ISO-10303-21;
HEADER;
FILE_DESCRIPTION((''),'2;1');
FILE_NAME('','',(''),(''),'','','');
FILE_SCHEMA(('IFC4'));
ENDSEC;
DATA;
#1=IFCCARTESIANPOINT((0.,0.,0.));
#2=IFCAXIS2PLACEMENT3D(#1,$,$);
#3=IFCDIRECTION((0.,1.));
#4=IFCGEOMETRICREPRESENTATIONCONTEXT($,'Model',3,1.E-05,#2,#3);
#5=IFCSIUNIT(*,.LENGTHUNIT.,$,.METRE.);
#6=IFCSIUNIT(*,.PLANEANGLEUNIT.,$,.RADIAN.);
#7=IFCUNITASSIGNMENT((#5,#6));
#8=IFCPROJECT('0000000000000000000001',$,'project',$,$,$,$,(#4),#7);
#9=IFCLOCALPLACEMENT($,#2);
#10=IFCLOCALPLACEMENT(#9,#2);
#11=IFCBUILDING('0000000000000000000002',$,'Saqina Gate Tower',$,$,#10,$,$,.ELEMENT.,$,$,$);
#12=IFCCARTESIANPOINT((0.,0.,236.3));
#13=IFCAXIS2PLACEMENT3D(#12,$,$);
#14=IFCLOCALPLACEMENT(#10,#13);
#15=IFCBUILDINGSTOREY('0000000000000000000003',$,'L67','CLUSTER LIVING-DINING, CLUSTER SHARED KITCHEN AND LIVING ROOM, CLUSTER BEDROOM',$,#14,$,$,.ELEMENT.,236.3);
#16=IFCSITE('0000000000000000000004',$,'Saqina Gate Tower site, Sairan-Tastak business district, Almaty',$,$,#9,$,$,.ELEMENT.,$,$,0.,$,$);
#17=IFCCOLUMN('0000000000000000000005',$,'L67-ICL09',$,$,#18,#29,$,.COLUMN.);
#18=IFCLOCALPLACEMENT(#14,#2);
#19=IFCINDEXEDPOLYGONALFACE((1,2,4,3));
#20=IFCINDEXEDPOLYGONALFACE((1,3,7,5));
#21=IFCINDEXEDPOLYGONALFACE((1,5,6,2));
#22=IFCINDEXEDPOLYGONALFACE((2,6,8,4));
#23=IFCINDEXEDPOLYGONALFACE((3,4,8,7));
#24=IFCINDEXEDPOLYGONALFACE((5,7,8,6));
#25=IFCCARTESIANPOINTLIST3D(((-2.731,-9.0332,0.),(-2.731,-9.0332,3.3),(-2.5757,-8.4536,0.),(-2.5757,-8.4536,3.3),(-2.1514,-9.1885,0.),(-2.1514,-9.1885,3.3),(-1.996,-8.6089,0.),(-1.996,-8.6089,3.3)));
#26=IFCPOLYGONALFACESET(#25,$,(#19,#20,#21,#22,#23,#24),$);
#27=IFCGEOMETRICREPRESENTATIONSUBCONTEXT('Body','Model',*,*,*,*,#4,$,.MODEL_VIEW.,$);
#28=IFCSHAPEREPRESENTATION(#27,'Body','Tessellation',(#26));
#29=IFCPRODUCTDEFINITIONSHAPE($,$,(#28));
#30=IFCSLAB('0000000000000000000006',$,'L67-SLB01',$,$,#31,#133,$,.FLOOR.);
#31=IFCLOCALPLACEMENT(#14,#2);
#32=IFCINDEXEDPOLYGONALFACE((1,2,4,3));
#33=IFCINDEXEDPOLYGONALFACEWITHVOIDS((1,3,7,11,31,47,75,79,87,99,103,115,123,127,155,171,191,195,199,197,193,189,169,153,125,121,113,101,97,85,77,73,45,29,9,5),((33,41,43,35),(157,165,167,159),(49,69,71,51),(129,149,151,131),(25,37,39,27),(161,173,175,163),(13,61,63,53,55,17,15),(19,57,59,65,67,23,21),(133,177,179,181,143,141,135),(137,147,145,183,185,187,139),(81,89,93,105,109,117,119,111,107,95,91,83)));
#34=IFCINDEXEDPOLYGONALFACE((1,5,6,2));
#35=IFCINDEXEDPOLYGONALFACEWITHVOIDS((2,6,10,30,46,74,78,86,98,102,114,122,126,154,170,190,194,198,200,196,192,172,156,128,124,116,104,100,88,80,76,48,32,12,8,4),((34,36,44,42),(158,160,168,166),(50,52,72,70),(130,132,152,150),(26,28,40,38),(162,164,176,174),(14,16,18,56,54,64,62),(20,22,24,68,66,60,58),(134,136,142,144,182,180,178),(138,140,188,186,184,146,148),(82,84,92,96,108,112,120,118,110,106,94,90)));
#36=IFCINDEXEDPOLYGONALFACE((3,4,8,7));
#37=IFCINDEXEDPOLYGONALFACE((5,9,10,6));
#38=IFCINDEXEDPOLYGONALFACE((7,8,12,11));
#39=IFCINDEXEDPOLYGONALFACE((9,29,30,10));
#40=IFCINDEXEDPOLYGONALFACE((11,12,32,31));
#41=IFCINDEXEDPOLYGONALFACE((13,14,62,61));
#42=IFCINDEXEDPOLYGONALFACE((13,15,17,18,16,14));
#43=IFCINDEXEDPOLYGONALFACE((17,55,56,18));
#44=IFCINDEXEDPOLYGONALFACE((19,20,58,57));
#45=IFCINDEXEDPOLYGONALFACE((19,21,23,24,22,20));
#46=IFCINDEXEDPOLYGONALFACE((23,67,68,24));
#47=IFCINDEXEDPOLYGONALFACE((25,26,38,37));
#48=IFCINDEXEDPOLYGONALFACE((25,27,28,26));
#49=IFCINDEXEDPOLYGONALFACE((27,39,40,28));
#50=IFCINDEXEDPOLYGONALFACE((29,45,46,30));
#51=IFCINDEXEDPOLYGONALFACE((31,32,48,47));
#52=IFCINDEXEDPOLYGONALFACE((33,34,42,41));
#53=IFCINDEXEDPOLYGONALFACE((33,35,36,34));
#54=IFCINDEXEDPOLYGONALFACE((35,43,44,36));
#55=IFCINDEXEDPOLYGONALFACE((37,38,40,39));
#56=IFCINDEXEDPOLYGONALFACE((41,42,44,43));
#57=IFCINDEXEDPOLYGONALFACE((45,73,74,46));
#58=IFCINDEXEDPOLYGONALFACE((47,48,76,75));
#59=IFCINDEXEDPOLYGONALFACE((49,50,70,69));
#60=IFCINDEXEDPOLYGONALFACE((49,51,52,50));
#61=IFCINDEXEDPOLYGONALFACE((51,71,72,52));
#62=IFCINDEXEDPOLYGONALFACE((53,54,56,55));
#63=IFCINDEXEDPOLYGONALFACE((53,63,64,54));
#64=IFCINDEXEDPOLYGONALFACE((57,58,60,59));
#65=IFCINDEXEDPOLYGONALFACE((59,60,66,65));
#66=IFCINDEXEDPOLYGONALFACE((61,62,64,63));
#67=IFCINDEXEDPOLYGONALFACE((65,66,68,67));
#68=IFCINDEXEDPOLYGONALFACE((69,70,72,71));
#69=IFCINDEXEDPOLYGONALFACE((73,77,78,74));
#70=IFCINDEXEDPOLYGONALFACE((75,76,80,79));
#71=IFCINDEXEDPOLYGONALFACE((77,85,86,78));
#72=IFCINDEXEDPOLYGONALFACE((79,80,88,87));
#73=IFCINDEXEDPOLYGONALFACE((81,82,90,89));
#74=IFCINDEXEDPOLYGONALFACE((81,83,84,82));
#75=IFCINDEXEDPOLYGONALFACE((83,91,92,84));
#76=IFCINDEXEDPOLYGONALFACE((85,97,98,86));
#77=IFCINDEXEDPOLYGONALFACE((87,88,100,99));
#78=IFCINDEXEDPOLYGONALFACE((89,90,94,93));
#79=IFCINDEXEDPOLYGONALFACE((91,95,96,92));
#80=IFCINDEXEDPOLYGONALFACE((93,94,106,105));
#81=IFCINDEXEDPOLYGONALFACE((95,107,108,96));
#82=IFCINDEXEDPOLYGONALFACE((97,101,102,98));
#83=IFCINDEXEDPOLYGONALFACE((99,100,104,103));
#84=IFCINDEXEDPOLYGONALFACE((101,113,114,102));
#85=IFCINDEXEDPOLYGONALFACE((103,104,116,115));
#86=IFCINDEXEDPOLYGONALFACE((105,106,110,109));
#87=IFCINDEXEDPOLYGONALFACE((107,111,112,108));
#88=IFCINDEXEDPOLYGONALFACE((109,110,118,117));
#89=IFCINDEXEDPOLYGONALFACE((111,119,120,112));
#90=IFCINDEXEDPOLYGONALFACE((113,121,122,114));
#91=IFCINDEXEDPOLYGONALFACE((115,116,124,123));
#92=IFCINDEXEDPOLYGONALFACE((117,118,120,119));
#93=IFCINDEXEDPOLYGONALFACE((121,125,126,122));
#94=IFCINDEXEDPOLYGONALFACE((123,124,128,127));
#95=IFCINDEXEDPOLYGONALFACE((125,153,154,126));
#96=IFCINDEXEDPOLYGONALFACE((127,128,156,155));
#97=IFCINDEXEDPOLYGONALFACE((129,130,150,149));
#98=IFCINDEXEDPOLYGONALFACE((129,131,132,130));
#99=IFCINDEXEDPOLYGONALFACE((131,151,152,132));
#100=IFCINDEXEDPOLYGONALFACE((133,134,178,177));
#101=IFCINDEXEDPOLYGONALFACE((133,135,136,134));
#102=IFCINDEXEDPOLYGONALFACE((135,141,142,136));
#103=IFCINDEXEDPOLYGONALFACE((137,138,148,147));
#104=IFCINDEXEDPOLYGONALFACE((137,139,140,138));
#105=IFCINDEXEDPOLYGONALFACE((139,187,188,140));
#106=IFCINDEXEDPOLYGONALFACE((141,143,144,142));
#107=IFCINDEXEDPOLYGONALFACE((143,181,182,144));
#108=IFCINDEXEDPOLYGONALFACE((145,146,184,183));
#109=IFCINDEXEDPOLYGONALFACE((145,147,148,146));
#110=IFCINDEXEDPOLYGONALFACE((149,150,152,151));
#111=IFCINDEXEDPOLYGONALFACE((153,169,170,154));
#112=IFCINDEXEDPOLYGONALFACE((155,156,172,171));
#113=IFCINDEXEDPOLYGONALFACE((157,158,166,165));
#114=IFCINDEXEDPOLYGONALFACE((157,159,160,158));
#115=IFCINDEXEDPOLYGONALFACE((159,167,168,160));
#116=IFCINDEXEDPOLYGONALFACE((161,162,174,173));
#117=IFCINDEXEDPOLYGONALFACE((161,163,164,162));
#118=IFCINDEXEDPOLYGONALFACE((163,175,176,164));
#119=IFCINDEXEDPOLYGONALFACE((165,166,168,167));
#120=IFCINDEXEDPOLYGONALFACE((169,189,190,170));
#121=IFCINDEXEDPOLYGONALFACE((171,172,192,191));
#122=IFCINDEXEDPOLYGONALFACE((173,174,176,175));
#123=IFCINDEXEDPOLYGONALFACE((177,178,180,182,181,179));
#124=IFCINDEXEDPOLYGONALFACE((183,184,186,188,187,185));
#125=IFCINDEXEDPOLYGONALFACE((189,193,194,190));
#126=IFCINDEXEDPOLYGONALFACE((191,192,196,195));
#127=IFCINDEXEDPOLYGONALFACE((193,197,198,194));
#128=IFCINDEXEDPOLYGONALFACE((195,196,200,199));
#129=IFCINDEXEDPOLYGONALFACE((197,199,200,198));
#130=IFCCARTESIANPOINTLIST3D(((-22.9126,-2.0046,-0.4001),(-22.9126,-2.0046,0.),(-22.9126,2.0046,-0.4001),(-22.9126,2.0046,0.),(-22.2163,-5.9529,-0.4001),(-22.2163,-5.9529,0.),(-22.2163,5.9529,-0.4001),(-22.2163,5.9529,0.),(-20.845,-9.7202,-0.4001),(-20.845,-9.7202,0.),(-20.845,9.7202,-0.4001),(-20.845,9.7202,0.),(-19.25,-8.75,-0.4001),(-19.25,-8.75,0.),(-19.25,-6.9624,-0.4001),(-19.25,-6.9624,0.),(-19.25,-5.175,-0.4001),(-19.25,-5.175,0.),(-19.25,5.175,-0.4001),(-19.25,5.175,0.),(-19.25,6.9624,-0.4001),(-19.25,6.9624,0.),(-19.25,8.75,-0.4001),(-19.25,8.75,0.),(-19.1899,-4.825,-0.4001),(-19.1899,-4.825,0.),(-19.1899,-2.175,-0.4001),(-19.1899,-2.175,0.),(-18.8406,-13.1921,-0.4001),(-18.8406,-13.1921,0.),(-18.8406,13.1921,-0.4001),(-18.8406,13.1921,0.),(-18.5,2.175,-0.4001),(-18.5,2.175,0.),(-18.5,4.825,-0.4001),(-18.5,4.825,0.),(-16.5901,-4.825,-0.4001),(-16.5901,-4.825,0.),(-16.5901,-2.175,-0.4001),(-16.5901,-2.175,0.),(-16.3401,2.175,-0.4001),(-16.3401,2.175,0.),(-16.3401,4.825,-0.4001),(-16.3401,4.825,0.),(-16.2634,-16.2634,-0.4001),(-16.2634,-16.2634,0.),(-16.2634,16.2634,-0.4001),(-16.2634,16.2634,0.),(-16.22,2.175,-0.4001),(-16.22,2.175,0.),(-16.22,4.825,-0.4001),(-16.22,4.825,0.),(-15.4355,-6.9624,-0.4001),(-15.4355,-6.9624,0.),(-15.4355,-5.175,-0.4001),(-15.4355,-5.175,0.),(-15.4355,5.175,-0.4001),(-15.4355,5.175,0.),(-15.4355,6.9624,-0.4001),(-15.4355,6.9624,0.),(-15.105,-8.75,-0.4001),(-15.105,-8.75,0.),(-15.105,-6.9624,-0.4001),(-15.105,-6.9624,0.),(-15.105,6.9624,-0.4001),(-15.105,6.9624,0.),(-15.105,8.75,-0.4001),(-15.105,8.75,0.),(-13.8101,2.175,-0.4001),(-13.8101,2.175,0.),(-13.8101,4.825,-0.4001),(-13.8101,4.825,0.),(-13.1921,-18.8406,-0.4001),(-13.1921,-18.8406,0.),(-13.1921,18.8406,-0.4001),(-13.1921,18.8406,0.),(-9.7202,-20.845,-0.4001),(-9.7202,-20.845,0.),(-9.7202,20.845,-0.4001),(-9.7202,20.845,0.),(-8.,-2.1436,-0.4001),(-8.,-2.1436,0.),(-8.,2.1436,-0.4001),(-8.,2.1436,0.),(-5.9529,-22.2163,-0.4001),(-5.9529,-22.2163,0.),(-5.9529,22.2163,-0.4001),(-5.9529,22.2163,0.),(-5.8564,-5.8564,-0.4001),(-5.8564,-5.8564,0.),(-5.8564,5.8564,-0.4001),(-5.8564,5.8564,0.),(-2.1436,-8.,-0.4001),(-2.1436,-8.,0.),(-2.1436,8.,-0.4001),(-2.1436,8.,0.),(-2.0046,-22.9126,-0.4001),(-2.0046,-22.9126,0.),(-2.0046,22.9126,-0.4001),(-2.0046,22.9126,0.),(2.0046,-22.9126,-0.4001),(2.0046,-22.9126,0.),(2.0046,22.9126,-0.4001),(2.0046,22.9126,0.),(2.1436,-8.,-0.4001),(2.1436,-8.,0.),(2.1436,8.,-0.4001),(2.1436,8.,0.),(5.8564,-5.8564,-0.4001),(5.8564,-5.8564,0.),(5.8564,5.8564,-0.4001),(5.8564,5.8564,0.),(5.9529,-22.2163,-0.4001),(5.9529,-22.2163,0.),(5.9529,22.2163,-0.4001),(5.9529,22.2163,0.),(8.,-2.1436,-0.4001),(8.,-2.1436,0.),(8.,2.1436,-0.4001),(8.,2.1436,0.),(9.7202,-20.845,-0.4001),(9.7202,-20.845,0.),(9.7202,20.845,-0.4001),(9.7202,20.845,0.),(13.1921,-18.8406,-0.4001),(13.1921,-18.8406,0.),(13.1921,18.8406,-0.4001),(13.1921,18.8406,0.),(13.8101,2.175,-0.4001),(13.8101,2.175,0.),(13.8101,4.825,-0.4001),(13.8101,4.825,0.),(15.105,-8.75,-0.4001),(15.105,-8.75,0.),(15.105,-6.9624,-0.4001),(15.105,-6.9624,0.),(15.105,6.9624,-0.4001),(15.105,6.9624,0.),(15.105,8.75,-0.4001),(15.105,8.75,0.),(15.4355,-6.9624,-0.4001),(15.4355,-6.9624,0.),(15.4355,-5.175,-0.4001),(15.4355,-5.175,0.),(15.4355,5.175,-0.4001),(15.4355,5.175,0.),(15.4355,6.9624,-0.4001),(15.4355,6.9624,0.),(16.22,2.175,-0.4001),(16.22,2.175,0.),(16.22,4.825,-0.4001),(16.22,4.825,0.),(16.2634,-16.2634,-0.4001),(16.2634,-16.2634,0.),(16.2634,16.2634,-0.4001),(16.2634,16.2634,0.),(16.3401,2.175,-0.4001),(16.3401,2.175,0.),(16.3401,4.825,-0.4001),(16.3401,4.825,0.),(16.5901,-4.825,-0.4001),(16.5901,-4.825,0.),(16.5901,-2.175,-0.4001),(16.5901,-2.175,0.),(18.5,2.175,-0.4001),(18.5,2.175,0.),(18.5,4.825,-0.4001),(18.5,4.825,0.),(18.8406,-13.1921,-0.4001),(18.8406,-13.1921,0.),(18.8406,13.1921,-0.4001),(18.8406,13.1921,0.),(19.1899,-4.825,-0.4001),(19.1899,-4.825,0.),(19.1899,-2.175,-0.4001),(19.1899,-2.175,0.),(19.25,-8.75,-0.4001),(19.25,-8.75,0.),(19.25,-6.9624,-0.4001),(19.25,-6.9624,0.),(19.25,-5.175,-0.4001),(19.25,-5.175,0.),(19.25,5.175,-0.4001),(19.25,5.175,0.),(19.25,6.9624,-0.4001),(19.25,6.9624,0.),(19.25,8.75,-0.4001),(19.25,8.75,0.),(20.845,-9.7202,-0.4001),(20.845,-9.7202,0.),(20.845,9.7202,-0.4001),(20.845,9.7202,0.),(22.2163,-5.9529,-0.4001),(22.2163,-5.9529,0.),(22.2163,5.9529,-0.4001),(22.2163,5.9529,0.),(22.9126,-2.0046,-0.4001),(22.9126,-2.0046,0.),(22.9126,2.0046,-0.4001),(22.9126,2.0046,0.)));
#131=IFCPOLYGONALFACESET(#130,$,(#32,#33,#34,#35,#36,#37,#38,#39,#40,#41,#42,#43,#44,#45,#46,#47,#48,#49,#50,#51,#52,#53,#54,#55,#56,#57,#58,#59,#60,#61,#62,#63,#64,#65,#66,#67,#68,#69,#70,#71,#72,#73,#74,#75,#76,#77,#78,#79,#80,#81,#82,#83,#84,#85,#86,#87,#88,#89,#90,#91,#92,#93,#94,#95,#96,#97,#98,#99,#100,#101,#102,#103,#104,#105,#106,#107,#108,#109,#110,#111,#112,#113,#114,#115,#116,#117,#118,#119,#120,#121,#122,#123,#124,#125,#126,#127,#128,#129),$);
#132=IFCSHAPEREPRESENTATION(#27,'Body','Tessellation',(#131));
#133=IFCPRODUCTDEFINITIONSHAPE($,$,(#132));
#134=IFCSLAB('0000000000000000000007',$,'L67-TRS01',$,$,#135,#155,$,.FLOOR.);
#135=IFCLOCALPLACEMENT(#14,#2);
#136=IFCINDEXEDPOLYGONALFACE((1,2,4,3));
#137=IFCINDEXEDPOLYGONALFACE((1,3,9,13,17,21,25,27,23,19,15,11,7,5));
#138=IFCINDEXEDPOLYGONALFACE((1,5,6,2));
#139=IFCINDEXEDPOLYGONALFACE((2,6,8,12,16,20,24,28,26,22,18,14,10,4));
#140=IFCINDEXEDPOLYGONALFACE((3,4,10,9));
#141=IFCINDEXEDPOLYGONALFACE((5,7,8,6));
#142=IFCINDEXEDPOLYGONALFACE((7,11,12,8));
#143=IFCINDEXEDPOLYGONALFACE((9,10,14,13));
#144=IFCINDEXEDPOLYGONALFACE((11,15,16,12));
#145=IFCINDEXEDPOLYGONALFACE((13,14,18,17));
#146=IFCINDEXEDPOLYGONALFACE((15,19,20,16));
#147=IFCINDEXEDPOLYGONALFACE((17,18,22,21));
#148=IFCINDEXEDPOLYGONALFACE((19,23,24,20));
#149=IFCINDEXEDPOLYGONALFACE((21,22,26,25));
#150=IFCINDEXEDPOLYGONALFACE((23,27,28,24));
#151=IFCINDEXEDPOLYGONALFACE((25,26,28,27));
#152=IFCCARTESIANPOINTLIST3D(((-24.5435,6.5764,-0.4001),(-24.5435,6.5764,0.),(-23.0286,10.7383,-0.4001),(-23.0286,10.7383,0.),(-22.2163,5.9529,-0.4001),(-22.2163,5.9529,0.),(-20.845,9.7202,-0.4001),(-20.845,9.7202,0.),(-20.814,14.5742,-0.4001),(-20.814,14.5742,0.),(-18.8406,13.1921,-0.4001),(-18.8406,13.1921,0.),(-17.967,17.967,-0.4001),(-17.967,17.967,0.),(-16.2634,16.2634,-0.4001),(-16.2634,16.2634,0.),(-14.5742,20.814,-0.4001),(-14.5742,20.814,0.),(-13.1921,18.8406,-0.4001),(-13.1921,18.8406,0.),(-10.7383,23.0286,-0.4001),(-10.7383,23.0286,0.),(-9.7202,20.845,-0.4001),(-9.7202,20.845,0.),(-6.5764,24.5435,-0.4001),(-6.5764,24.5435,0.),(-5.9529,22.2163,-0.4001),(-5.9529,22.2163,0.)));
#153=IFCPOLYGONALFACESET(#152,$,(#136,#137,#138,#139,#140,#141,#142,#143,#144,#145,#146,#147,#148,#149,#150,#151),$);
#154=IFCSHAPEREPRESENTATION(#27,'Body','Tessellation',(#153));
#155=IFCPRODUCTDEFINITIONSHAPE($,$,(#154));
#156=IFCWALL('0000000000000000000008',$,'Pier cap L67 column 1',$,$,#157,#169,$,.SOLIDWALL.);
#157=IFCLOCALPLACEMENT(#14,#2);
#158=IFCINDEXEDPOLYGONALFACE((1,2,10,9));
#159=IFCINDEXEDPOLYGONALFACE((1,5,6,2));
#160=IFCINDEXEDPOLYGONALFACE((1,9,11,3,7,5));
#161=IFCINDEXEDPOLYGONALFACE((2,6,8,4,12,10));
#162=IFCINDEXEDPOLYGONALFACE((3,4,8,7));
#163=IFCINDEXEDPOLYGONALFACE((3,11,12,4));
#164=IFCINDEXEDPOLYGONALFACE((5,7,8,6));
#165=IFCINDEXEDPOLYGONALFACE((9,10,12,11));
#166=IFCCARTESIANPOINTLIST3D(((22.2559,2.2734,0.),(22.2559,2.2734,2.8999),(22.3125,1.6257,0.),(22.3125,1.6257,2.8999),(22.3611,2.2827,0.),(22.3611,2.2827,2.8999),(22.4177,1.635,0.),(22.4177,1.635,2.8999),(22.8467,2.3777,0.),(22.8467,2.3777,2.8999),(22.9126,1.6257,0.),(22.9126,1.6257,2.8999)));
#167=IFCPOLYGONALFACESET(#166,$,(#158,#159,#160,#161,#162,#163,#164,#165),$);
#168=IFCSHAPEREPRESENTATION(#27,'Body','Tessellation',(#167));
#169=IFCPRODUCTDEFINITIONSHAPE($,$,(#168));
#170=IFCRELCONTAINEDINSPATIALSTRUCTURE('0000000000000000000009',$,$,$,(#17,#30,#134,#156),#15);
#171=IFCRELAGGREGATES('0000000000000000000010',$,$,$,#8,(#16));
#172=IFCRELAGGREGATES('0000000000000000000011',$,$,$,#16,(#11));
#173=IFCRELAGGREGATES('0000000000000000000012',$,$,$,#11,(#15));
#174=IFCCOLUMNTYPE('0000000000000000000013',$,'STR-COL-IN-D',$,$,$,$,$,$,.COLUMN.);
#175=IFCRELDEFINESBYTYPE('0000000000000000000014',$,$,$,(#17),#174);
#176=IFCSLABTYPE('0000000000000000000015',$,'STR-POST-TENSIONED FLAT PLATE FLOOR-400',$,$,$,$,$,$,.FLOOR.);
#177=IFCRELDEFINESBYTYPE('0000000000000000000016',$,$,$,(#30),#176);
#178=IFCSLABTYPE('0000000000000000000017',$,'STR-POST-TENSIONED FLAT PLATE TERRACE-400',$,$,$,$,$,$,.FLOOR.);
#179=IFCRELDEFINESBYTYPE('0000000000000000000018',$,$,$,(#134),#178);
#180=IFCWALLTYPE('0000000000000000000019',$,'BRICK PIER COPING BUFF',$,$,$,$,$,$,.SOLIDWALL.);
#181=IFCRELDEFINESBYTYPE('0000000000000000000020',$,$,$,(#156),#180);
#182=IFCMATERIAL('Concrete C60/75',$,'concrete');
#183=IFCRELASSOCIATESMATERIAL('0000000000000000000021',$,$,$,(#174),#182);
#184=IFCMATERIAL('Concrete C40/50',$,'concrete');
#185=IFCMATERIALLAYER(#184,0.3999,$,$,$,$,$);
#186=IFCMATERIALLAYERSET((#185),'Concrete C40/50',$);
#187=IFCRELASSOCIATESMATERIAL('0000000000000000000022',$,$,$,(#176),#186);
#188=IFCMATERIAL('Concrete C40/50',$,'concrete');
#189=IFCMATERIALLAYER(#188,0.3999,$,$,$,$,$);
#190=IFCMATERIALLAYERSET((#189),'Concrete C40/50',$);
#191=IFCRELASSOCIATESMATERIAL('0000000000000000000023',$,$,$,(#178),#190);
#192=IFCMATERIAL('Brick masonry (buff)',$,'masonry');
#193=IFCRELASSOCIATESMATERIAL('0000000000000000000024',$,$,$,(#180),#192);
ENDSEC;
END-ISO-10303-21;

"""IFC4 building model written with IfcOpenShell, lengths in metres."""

from ifc_helpers import new_model, si_unit, direction, frame, origin, origin_2d, place, context, subcontext, project, spatial, polyline, rectangle, outline, extrude, material, layer, layer_set, material_profile, profile_set, type_object, element, save


model = new_model("IFC4")

# Units and contexts
model_context = context("Model", 3, precision=1e-05, world=origin(), true_north=direction((0.0, 1.0)))
body_context = subcontext(model_context, "Body", "Model", "MODEL_VIEW")
ifc_project = project(units=[si_unit("LENGTHUNIT", "METRE"), si_unit("PLANEANGLEUNIT", "RADIAN")], contexts=[model_context])

# Site, building, storey
site_placement = place(None, origin())
site = spatial("IfcSite", under=ifc_project, at=site_placement, Name="Saqina Gate Tower site, Sairan-Tastak business district, Almaty", CompositionType="ELEMENT", RefElevation=0.0)
building_placement = place(site_placement, origin())
building = spatial("IfcBuilding", under=site, at=building_placement, Name="Saqina Gate Tower", CompositionType="ELEMENT")
storey_placement = place(building_placement, frame((0.0, 0.0, 236.3)))
storey = spatial("IfcBuildingStorey", under=building, at=storey_placement, Name="L67", Description="CLUSTER LIVING-DINING, CLUSTER SHARED KITCHEN AND LIVING ROOM, CLUSTER BEDROOM", CompositionType="ELEMENT", Elevation=236.3)

# Column
ifc_material_1 = material(Name="Concrete C60/75", Category="concrete")
ifc_material_profile = material_profile(ifc_material_1, rectangle(XDim=0.6001, YDim=0.6001, at=origin_2d()), Name="RC 600x600")
ifc_profile_set = profile_set([ifc_material_profile], Name="Concrete C60/75")
column_type = type_object("IfcColumnType", Name="STR-COL-IN-D", PredefinedType="COLUMN", material=ifc_profile_set)
column_placement = place(storey_placement, frame((-2.3635, -8.821, 0.0), z_axis=(0.0, 0.0, 1.0), x_axis=(-0.258819, -0.965926, 0.0)))
element("IfcColumn", 1, at=column_placement, inside=storey, type_object=column_type, Name="L67-ICL09", PredefinedType="COLUMN", context=body_context, shape_type="SweptSolid", body=[
    extrude(rectangle(XDim=0.6001, YDim=0.6001, at=origin_2d()), origin(), (0.0, 0.0, 1.0), 3.3),
])

# Slabs
ifc_material_2 = material(Name="Concrete C40/50", Category="concrete")
ifc_layer_1 = layer(ifc_material_2, 0.3999)
ifc_layer_set_1 = layer_set([ifc_layer_1], Name="Concrete C40/50")
slab_type_1 = type_object("IfcSlabType", Name="STR-POST-TENSIONED FLAT PLATE FLOOR-400", PredefinedType="FLOOR", material=ifc_layer_set_1)
slab_1_placement = place(storey_placement, frame((0.0, 0.0, -0.4001)))
element("IfcSlab", 2, at=slab_1_placement, inside=storey, type_object=slab_type_1, Name="L67-SLB01", PredefinedType="FLOOR", context=body_context, shape_type="SweptSolid", body=[
    extrude(outline(polyline([(22.2163, -5.9529), (22.9126, -2.0046), (22.9126, 2.0046), (22.2163, 5.9529), (20.845, 9.7202), (18.8406, 13.1921), (16.2634, 16.2634), (13.1921, 18.8406), (9.7202, 20.845), (5.9529, 22.2163), (2.0046, 22.9126), (-2.0046, 22.9126), (-5.9529, 22.2163), (-9.7202, 20.845), (-13.1921, 18.8406), (-16.2634, 16.2634), (-18.8406, 13.1921), (-20.845, 9.7202), (-22.2163, 5.9529), (-22.9126, 2.0046), (-22.9126, -2.0046), (-22.2163, -5.9529), (-20.845, -9.7202), (-18.8406, -13.1921), (-16.2634, -16.2634), (-13.1921, -18.8406), (-9.7202, -20.845), (-5.9529, -22.2163), (-2.0046, -22.9126), (2.0046, -22.9126), (5.9529, -22.2163), (9.7202, -20.845), (13.1921, -18.8406), (16.2634, -16.2634), (18.8406, -13.1921), (20.845, -9.7202), (22.2163, -5.9529)]), holes=[polyline([(2.1436, 8.0), (5.8564, 5.8564), (8.0, 2.1436), (8.0, -2.1436), (5.8564, -5.8564), (2.1436, -8.0), (-2.1436, -8.0), (-5.8564, -5.8564), (-8.0, -2.1436), (-8.0, 2.1436), (-5.8564, 5.8564), (-2.1436, 8.0), (2.1436, 8.0)]), polyline([(-15.105, -8.75), (-19.25, -8.75), (-19.25, -6.9624), (-19.25, -5.175), (-15.4355, -5.175), (-15.4355, -6.9624), (-15.105, -6.9624), (-15.105, -8.75)]), polyline([(-16.5901, -2.175), (-16.5901, -4.825), (-19.1899, -4.825), (-19.1899, -2.175), (-16.5901, -2.175)]), polyline([(-16.3401, 4.825), (-16.3401, 2.175), (-18.5, 2.175), (-18.5, 4.825), (-16.3401, 4.825)]), polyline([(-13.8101, 4.825), (-13.8101, 2.175), (-16.22, 2.175), (-16.22, 4.825), (-13.8101, 4.825)]), polyline([(-19.25, 6.9624), (-19.25, 8.75), (-15.105, 8.75), (-15.105, 6.9624), (-15.4355, 6.9624), (-15.4355, 5.175), (-19.25, 5.175), (-19.25, 6.9624)]), polyline([(15.105, -8.75), (15.105, -6.9624), (15.4355, -6.9624), (15.4355, -5.175), (19.25, -5.175), (19.25, -6.9624), (19.25, -8.75), (15.105, -8.75)]), polyline([(19.1899, -2.175), (19.1899, -4.825), (16.5901, -4.825), (16.5901, -2.175), (19.1899, -2.175)]), polyline([(16.22, 4.825), (16.22, 2.175), (13.8101, 2.175), (13.8101, 4.825), (16.22, 4.825)]), polyline([(18.5, 4.825), (18.5, 2.175), (16.3401, 2.175), (16.3401, 4.825), (18.5, 4.825)]), polyline([(15.4355, 6.9624), (15.105, 6.9624), (15.105, 8.75), (19.25, 8.75), (19.25, 6.9624), (19.25, 5.175), (15.4355, 5.175), (15.4355, 6.9624)])]), origin(), (0.0, 0.0, 1.0), 0.4001),
])
ifc_material_3 = material(Name="Concrete C40/50", Category="concrete")
ifc_layer_2 = layer(ifc_material_3, 0.3999)
ifc_layer_set_2 = layer_set([ifc_layer_2], Name="Concrete C40/50")
slab_type_2 = type_object("IfcSlabType", Name="STR-POST-TENSIONED FLAT PLATE TERRACE-400", PredefinedType="FLOOR", material=ifc_layer_set_2)
slab_2_placement = place(storey_placement, frame((0.0, 0.0, -0.4001)))
element("IfcSlab", 3, at=slab_2_placement, inside=storey, type_object=slab_type_2, Name="L67-TRS01", PredefinedType="FLOOR", context=body_context, shape_type="SweptSolid", body=[
    extrude(outline(polyline([(-5.9529, 22.2163), (-9.7202, 20.845), (-13.1921, 18.8406), (-16.2634, 16.2634), (-18.8406, 13.1921), (-20.845, 9.7202), (-22.2163, 5.9529), (-24.5435, 6.5764), (-23.0286, 10.7383), (-20.814, 14.5742), (-17.967, 17.967), (-14.5742, 20.814), (-10.7383, 23.0286), (-6.5764, 24.5435), (-5.9529, 22.2163)])), origin(), (0.0, 0.0, 1.0), 0.4001),
])

# Wall
ifc_material_4 = material(Name="Brick masonry (buff)", Category="masonry")
wall_type_1 = type_object("IfcWallType", Name="BRICK PIER COPING BUFF", PredefinedType="SOLIDWALL", material=ifc_material_4)
wall_1_placement = place(storey_placement, origin())
element("IfcWall", 4, at=wall_1_placement, inside=storey, type_object=wall_type_1, Name="Pier cap L67 column 1", PredefinedType="SOLIDWALL", context=body_context, shape_type="SweptSolid", body=[
    extrude(outline(polyline([(22.9126, 1.6257), (22.8467, 2.3777), (22.2559, 2.2734), (22.3611, 2.2827), (22.4177, 1.635), (22.3125, 1.6257), (22.9126, 1.6257)])), origin(), (0.0, 0.0, 1.0), 2.8999),
])

save(model, "model.ifc")
